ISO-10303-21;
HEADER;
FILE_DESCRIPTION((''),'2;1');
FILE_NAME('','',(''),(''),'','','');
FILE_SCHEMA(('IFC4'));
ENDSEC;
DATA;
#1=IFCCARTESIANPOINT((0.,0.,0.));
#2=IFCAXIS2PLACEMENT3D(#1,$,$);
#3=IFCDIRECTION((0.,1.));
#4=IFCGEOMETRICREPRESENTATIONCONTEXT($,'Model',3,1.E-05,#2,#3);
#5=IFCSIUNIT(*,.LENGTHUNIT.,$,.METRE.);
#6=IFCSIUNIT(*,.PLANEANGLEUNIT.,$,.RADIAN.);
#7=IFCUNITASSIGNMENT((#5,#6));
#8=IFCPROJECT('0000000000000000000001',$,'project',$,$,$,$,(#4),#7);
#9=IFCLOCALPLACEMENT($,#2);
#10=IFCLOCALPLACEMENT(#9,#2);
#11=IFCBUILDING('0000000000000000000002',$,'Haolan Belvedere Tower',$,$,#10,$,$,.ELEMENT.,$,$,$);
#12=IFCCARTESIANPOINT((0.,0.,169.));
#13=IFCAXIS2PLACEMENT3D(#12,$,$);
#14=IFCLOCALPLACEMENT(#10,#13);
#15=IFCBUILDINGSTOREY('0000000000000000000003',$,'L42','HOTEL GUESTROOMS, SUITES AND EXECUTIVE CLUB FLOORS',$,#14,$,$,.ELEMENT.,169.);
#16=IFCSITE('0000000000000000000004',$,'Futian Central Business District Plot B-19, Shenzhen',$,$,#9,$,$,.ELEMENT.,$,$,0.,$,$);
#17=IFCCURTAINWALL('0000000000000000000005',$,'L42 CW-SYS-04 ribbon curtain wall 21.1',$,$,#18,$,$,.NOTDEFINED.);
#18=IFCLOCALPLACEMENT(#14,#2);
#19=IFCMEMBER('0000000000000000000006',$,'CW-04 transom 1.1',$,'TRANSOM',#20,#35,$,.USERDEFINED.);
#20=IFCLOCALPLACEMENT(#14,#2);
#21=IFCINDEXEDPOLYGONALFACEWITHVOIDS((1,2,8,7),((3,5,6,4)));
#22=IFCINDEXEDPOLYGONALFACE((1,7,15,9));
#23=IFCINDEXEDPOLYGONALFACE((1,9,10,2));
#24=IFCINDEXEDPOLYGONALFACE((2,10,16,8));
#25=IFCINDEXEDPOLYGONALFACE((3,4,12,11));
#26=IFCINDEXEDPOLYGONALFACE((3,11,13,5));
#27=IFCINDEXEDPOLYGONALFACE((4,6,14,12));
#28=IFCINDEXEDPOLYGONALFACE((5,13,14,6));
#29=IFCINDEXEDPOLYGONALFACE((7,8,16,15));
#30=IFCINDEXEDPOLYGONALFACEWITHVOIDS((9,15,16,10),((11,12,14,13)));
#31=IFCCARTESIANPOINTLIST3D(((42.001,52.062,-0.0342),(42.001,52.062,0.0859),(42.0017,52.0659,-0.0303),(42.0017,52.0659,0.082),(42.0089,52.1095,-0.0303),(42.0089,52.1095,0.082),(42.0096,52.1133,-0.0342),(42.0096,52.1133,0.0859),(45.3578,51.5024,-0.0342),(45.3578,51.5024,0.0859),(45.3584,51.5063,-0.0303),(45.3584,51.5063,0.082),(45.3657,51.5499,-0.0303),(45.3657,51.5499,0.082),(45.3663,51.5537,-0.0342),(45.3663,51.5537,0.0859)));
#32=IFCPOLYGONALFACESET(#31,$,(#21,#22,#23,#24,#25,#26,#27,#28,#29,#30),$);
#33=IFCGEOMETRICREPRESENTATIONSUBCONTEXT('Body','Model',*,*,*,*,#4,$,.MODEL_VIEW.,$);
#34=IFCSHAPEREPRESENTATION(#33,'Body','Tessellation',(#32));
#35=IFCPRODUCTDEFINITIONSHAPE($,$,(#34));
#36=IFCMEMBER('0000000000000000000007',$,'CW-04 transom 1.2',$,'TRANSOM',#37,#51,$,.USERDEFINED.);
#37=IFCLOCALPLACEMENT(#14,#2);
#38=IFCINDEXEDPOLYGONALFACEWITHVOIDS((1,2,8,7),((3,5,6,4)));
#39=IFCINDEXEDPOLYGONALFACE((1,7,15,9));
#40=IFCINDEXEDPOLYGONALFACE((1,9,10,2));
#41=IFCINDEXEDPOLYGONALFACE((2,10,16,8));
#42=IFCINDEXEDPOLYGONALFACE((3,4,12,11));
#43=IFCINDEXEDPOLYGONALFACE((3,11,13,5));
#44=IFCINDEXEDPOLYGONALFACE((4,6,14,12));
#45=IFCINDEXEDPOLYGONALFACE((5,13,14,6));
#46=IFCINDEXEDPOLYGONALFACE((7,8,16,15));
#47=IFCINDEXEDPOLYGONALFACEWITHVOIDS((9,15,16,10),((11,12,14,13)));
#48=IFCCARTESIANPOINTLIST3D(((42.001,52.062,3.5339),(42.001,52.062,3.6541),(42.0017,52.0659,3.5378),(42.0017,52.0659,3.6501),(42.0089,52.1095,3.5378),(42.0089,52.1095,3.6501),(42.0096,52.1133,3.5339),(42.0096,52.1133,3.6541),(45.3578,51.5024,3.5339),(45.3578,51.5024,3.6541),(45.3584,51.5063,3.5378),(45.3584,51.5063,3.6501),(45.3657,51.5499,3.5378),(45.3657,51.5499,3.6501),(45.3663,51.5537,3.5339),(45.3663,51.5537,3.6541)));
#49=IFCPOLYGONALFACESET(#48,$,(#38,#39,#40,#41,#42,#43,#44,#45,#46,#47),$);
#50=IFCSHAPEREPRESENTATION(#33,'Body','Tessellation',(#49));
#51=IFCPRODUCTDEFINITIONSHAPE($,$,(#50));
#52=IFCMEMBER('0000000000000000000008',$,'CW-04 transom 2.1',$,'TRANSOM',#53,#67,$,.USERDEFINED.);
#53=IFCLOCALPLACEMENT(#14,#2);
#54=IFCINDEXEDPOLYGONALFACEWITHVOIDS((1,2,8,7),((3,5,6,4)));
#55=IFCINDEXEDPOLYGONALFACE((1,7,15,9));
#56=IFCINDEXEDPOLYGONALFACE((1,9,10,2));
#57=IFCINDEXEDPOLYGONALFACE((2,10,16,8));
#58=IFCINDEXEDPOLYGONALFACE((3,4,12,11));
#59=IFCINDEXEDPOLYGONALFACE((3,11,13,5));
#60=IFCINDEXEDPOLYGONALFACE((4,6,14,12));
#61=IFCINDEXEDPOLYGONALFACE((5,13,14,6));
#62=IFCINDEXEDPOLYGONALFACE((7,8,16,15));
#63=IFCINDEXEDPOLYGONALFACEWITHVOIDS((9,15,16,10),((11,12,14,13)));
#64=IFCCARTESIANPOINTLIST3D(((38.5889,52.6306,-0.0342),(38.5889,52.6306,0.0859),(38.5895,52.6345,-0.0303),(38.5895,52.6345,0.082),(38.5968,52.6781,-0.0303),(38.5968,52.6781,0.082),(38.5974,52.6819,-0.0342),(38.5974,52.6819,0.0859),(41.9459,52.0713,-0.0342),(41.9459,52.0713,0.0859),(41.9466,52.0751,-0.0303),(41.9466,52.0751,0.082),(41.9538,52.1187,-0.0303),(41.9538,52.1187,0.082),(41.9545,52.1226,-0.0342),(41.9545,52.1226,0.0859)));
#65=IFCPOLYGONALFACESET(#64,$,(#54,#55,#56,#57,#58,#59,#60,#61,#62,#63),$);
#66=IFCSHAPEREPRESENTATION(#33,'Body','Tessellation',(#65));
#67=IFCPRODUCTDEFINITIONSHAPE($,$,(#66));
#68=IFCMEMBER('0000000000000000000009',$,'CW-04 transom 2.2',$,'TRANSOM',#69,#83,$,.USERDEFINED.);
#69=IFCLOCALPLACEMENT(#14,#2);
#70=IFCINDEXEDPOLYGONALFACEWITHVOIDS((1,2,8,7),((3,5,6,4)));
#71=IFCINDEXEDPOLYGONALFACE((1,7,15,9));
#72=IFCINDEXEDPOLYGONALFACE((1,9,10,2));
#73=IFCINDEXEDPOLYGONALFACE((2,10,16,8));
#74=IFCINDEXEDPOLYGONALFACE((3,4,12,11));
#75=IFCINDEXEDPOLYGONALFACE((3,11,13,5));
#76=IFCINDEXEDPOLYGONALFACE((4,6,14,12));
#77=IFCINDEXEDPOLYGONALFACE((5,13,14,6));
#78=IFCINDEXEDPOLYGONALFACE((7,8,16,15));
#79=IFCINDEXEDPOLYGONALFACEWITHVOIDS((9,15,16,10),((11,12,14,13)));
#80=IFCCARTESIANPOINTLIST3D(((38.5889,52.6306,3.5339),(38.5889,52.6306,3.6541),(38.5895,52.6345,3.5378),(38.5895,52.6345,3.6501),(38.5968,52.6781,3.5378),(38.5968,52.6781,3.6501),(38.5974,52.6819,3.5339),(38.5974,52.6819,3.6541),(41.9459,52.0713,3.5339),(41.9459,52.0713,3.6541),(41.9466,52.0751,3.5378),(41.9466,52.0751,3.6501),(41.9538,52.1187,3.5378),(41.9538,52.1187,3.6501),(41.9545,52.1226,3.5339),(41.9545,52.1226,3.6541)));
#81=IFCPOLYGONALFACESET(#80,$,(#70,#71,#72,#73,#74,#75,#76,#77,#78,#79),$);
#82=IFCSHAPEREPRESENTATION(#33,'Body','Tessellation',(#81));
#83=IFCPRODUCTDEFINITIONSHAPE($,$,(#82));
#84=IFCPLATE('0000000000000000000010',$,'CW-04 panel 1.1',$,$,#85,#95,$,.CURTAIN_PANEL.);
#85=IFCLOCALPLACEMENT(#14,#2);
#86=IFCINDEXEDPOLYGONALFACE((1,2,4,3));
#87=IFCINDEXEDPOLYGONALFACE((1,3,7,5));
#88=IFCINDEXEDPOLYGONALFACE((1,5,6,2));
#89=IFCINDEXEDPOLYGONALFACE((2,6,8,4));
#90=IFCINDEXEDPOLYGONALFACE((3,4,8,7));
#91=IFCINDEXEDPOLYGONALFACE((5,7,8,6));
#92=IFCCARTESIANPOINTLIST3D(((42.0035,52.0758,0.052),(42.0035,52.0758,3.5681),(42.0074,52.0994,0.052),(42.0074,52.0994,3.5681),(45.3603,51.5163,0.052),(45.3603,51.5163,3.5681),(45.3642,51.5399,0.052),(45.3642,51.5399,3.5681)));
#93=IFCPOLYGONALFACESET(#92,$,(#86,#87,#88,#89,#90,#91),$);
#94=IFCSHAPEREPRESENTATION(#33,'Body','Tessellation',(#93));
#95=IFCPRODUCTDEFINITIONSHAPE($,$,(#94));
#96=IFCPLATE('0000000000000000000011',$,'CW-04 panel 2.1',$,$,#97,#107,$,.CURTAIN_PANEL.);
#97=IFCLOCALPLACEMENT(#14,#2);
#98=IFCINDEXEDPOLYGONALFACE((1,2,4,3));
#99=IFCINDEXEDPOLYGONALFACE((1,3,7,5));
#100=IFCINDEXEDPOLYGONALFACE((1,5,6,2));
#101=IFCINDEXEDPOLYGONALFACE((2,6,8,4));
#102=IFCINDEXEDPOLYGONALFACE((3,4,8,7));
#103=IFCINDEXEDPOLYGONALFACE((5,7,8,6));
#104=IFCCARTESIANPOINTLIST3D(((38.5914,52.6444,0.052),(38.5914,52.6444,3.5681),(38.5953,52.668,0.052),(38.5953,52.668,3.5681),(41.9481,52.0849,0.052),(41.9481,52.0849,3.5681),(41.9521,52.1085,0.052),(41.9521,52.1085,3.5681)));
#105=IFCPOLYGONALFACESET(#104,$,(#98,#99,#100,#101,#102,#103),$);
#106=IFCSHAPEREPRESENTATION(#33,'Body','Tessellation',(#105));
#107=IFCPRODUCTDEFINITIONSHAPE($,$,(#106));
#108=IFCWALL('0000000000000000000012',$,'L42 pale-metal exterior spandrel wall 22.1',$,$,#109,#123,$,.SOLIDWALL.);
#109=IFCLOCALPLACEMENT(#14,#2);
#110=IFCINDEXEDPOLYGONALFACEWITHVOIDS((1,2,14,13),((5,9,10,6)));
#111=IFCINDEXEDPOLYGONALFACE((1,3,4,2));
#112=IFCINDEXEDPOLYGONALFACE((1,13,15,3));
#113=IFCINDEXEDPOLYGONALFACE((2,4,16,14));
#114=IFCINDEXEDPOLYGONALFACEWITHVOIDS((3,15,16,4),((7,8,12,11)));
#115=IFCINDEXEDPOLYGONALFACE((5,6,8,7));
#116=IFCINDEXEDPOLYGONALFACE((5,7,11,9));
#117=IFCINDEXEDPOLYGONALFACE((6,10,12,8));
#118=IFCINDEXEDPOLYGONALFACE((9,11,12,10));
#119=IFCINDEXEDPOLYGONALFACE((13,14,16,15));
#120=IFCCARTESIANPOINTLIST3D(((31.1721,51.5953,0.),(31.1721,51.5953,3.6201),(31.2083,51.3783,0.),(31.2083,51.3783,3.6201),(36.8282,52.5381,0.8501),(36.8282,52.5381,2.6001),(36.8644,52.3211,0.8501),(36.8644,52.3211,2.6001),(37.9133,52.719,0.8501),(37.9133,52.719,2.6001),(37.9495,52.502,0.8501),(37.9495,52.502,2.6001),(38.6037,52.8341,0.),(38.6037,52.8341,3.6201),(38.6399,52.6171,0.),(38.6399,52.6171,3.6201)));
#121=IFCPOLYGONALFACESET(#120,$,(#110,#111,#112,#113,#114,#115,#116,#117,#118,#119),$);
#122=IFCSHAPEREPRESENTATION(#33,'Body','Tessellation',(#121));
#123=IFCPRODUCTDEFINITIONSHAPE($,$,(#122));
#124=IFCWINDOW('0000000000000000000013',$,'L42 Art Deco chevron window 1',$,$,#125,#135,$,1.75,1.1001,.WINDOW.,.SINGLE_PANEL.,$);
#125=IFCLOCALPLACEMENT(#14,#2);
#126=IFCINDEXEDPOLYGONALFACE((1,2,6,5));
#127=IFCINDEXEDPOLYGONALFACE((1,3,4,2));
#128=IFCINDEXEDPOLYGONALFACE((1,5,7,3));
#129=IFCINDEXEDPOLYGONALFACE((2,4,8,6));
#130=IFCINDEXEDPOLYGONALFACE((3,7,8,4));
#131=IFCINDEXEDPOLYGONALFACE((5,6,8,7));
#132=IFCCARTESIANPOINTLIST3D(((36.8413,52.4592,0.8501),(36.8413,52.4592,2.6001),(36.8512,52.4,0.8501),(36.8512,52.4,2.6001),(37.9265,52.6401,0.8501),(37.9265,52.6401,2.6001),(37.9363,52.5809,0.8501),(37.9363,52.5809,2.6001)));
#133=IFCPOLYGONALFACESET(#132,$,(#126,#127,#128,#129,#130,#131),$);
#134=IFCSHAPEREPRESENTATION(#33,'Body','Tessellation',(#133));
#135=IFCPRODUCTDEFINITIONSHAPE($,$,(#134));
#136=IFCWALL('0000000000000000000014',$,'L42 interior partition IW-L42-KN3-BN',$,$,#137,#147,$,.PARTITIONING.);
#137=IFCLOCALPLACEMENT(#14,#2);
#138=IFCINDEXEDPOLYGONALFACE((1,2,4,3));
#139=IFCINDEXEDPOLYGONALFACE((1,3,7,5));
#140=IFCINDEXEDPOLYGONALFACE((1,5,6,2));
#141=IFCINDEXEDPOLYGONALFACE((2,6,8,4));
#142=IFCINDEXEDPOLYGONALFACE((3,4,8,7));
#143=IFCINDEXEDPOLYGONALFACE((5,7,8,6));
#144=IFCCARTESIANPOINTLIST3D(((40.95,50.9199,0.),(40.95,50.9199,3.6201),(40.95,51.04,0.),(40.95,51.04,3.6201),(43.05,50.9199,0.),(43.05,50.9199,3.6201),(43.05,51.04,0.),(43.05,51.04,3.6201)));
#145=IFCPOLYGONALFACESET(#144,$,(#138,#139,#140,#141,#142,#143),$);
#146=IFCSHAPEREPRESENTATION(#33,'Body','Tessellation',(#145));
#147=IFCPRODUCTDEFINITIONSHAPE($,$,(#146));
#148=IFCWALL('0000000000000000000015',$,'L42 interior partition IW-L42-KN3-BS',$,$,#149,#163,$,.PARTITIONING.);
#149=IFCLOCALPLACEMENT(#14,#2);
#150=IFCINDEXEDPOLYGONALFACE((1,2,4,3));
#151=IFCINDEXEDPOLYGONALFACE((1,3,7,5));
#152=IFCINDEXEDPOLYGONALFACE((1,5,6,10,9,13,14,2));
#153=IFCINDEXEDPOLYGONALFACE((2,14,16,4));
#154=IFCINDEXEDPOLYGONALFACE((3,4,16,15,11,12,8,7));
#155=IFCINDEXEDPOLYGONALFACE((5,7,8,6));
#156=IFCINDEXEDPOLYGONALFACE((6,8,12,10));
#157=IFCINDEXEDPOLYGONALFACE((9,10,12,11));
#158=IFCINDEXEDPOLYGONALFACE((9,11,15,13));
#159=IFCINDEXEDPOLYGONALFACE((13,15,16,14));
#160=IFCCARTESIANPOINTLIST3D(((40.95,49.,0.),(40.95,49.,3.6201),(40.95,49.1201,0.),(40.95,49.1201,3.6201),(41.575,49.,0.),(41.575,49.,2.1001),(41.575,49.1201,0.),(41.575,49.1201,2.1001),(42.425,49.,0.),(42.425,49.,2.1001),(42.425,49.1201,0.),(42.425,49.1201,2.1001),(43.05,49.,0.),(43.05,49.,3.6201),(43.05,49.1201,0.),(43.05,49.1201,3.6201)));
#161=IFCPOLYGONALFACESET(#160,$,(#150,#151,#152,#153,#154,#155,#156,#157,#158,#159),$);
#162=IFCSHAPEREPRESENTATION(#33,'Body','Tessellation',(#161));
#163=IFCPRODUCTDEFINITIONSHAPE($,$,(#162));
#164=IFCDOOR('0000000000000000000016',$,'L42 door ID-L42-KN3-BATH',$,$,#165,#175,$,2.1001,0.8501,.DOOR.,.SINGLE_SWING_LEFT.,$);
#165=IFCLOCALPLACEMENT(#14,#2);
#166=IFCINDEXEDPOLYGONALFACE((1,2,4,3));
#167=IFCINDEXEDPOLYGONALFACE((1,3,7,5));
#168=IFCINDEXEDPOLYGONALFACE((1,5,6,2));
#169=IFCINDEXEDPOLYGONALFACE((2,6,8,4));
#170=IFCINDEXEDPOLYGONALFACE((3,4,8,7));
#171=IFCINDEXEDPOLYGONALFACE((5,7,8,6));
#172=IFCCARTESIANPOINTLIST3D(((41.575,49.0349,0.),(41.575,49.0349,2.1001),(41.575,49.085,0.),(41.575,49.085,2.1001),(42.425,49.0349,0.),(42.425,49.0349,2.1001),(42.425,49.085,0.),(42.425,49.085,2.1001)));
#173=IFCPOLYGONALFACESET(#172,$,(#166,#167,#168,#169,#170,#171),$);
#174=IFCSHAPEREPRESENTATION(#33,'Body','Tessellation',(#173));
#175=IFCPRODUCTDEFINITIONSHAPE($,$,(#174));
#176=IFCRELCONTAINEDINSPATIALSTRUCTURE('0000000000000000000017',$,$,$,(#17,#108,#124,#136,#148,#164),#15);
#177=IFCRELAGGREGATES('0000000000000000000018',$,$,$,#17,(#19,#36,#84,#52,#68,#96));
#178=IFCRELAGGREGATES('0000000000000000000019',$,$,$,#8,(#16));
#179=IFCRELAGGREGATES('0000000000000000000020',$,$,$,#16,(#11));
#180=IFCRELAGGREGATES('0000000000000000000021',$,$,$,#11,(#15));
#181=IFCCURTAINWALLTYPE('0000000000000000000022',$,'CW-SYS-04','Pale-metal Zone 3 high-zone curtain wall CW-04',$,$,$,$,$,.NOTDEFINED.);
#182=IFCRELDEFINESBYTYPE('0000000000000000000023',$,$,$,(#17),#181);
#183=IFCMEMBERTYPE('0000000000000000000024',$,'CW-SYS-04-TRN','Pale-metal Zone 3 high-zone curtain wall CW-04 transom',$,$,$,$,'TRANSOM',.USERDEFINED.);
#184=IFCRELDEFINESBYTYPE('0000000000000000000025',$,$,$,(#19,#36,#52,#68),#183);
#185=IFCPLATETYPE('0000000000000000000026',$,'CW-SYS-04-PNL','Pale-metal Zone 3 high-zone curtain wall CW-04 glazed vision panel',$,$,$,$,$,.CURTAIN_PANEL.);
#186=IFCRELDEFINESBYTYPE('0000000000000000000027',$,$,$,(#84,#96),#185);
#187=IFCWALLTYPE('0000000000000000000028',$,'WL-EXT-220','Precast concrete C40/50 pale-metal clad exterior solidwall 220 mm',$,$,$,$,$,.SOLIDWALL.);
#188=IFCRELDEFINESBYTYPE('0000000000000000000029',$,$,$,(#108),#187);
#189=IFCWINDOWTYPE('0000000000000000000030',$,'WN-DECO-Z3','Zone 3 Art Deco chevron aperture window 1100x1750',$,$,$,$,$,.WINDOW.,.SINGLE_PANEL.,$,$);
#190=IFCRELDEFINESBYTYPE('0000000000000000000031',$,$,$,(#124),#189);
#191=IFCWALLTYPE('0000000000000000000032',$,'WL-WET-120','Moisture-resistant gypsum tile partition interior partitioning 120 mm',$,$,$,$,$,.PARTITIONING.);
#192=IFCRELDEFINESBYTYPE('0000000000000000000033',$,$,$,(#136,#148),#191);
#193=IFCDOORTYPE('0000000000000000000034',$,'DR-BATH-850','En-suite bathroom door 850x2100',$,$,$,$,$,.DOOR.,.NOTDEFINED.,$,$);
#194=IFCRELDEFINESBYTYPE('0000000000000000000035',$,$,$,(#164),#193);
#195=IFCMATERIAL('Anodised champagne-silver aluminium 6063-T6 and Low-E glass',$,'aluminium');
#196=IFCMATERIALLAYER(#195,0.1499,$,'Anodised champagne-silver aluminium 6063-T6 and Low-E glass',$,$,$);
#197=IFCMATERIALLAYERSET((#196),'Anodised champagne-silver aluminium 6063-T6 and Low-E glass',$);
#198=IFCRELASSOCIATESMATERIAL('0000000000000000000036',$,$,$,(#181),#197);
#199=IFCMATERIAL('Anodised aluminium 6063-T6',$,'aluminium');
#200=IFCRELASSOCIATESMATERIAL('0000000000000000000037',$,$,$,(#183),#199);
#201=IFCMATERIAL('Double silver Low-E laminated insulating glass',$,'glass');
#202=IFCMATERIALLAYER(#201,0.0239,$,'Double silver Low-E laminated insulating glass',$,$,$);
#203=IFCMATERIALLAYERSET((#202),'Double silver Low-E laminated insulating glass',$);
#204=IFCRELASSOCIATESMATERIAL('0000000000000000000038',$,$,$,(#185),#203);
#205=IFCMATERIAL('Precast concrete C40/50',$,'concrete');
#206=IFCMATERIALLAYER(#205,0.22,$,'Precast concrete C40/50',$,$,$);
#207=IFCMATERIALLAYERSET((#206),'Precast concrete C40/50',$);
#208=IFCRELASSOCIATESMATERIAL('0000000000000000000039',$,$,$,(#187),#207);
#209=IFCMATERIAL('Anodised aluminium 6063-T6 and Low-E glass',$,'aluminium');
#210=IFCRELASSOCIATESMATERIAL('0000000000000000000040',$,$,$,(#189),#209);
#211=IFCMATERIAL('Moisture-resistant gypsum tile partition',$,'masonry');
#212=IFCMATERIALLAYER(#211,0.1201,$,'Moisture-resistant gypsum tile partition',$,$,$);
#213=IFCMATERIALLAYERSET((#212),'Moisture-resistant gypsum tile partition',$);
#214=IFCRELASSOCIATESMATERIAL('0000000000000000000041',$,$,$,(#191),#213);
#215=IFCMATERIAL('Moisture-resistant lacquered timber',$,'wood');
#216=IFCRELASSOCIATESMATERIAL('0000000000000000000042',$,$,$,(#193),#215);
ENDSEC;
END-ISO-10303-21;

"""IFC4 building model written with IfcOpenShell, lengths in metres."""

from ifc_helpers import new_model, si_unit, direction, frame, frame_2d, origin, origin_2d, place, context, subcontext, project, spatial, rectangle, hollow_rectangle, extrude, material, layer, layer_set, material_profile, profile_set, type_object, element, fill, aggregate, save


model = new_model("IFC4")

# Units and contexts
model_context = context("Model", 3, precision=1e-05, world=origin(), true_north=direction((0.0, 1.0)))
body_context = subcontext(model_context, "Body", "Model", "MODEL_VIEW")
ifc_project = project(units=[si_unit("LENGTHUNIT", "METRE"), si_unit("PLANEANGLEUNIT", "RADIAN")], contexts=[model_context])

# Site, building, storey
site_placement = place(None, origin())
site = spatial("IfcSite", under=ifc_project, at=site_placement, Name="Futian Central Business District Plot B-19, Shenzhen", CompositionType="ELEMENT", RefElevation=0.0)
building_placement = place(site_placement, origin())
building = spatial("IfcBuilding", under=site, at=building_placement, Name="Haolan Belvedere Tower", CompositionType="ELEMENT")
storey_placement = place(building_placement, frame((0.0, 0.0, 169.0)))
storey = spatial("IfcBuildingStorey", under=building, at=storey_placement, Name="L42", Description="HOTEL GUESTROOMS, SUITES AND EXECUTIVE CLUB FLOORS", CompositionType="ELEMENT", Elevation=169.0)

# Curtain wall, members, plates
ifc_material_1 = material(Name="Anodised champagne-silver aluminium 6063-T6 and Low-E glass", Category="aluminium")
ifc_layer_1 = layer(ifc_material_1, 0.1499, Name="Anodised champagne-silver aluminium 6063-T6 and Low-E glass")
ifc_layer_set_1 = layer_set([ifc_layer_1], Name="Anodised champagne-silver aluminium 6063-T6 and Low-E glass")
curtain_wall_type = type_object("IfcCurtainWallType", Name="CW-SYS-04", Description="Pale-metal Zone 3 high-zone curtain wall CW-04", PredefinedType="NOTDEFINED", material=ifc_layer_set_1)
curtain_wall_placement = place(storey_placement, origin())
curtain_wall = element("IfcCurtainWall", 1, at=curtain_wall_placement, inside=storey, type_object=curtain_wall_type, Name="L42 CW-SYS-04 ribbon curtain wall 21.1", PredefinedType="NOTDEFINED")
ifc_material_2 = material(Name="Anodised aluminium 6063-T6", Category="aluminium")
ifc_material_profile_1 = material_profile(ifc_material_2, hollow_rectangle(XDim=0.052, YDim=0.1201, WallThickness=0.0039, at=origin_2d()), Name="Anodised aluminium 6063-T6")
ifc_profile_set_1 = profile_set([ifc_material_profile_1], Name="Anodised aluminium 6063-T6")
member_type_1 = type_object("IfcMemberType", Name="CW-SYS-04-TRN", Description="Pale-metal Zone 3 high-zone curtain wall CW-04 transom", ElementType="TRANSOM", PredefinedType="USERDEFINED", material=ifc_profile_set_1)
member_1_placement = place(storey_placement, frame((45.3621, 51.5281, 0.0259), z_axis=(-0.986388, 0.164434, 0.0), x_axis=(-0.164434, -0.986388, 0.0)))
member_1 = element("IfcMember", 2, at=member_1_placement, type_object=member_type_1, Name="CW-04 transom 1.1", ObjectType="TRANSOM", PredefinedType="USERDEFINED", context=body_context, shape_type="SweptSolid", body=[
    extrude(hollow_rectangle(XDim=0.052, YDim=0.1201, WallThickness=0.0039, at=origin_2d()), origin(), (0.0, 0.0, 1.0), 3.4031),
])
member_2_placement = place(storey_placement, frame((45.3621, 51.5281, 3.594), z_axis=(-0.986388, 0.164434, 0.0), x_axis=(-0.164434, -0.986388, 0.0)))
member_2 = element("IfcMember", 3, at=member_2_placement, type_object=member_type_1, Name="CW-04 transom 1.2", ObjectType="TRANSOM", PredefinedType="USERDEFINED", context=body_context, shape_type="SweptSolid", body=[
    extrude(hollow_rectangle(XDim=0.052, YDim=0.1201, WallThickness=0.0039, at=origin_2d()), origin(), (0.0, 0.0, 1.0), 3.4031),
])
member_3_placement = place(storey_placement, frame((41.9502, 52.0969, 0.0259), z_axis=(-0.986402, 0.164352, 0.0), x_axis=(-0.164352, -0.986402, 0.0)))
member_3 = element("IfcMember", 4, at=member_3_placement, type_object=member_type_1, Name="CW-04 transom 2.1", ObjectType="TRANSOM", PredefinedType="USERDEFINED", context=body_context, shape_type="SweptSolid", body=[
    extrude(hollow_rectangle(XDim=0.052, YDim=0.1201, WallThickness=0.0039, at=origin_2d()), origin(), (0.0, 0.0, 1.0), 3.4033),
])
member_4_placement = place(storey_placement, frame((41.9502, 52.0969, 3.594), z_axis=(-0.986402, 0.164352, 0.0), x_axis=(-0.164352, -0.986402, 0.0)))
member_4 = element("IfcMember", 5, at=member_4_placement, type_object=member_type_1, Name="CW-04 transom 2.2", ObjectType="TRANSOM", PredefinedType="USERDEFINED", context=body_context, shape_type="SweptSolid", body=[
    extrude(hollow_rectangle(XDim=0.052, YDim=0.1201, WallThickness=0.0039, at=origin_2d()), origin(), (0.0, 0.0, 1.0), 3.4033),
])
ifc_material_3 = material(Name="Double silver Low-E laminated insulating glass", Category="glass")
ifc_layer_2 = layer(ifc_material_3, 0.0239, Name="Double silver Low-E laminated insulating glass")
ifc_layer_set_2 = layer_set([ifc_layer_2], Name="Double silver Low-E laminated insulating glass")
plate_type = type_object("IfcPlateType", Name="CW-SYS-04-PNL", Description="Pale-metal Zone 3 high-zone curtain wall CW-04 glazed vision panel", PredefinedType="CURTAIN_PANEL", material=ifc_layer_set_2)
plate_1_placement = place(storey_placement, frame((43.6838, 51.8079, 0.052), z_axis=(0.0, 0.0, 1.0), x_axis=(-0.986393, 0.164406, 0.0)))
plate_1 = element("IfcPlate", 6, at=plate_1_placement, type_object=plate_type, Name="CW-04 panel 1.1", PredefinedType="CURTAIN_PANEL", context=body_context, shape_type="SweptSolid", body=[
    extrude(rectangle(XDim=3.4031, YDim=0.0239, at=origin_2d()), origin(), (0.0, 0.0, 1.0), 3.5161),
])
plate_2_placement = place(storey_placement, frame((40.2717, 52.3765, 0.052), z_axis=(0.0, 0.0, 1.0), x_axis=(-0.986393, 0.164406, 0.0)))
plate_2 = element("IfcPlate", 7, at=plate_2_placement, type_object=plate_type, Name="CW-04 panel 2.1", PredefinedType="CURTAIN_PANEL", context=body_context, shape_type="SweptSolid", body=[
    extrude(rectangle(XDim=3.4031, YDim=0.0239, at=origin_2d()), origin(), (0.0, 0.0, 1.0), 3.5161),
])
aggregate(curtain_wall, [member_1, member_2, plate_1, member_3, member_4, plate_2])

# Wall, opening, window
ifc_material_4 = material(Name="Precast concrete C40/50", Category="concrete")
ifc_layer_3 = layer(ifc_material_4, 0.22, Name="Precast concrete C40/50")
ifc_layer_set_3 = layer_set([ifc_layer_3], Name="Precast concrete C40/50")
wall_type_1 = type_object("IfcWallType", Name="WL-EXT-220", Description="Precast concrete C40/50 pale-metal clad exterior solidwall 220 mm", PredefinedType="SOLIDWALL", material=ifc_layer_set_3)
wall_1_placement = place(storey_placement, frame((38.6218, 52.7256, 0.0), z_axis=(0.0, 0.0, 1.0), x_axis=(-0.98639, -0.16442, 0.0)))
wall_1 = element("IfcWall", 8, at=wall_1_placement, inside=storey, type_object=wall_type_1, Name="L42 pale-metal exterior spandrel wall 22.1", PredefinedType="SOLIDWALL", context=body_context, shape_type="SweptSolid", body=[
    extrude(rectangle(XDim=7.5342, YDim=0.22, at=frame_2d((3.7671, 0.0))), origin(), (0.0, 0.0, 1.0), 3.6201),
])
opening_1_placement = place(wall_1_placement, frame((0.7, 0.0, 0.8501)))
opening_1 = element("IfcOpeningElement", 9, at=opening_1_placement, cuts=wall_1, PredefinedType="OPENING", context=body_context, shape_type="SweptSolid", body=[
    extrude(rectangle(XDim=1.1001, YDim=1.75, at=frame_2d((0.55, 0.875))), frame((0.0, 0.1199, 0.0), z_axis=(0.0, -1.0, 0.0), x_axis=(1.0, 0.0, 0.0)), (0.0, 0.0, 1.0), 0.24),
])
ifc_material_5 = material(Name="Anodised aluminium 6063-T6 and Low-E glass", Category="aluminium")
window_type = type_object("IfcWindowType", Name="WN-DECO-Z3", Description="Zone 3 Art Deco chevron aperture window 1100x1750", PartitioningType="SINGLE_PANEL", PredefinedType="WINDOW", material=ifc_material_5)
window_placement = place(opening_1_placement, origin())
window = element("IfcWindow", 10, at=window_placement, inside=storey, type_object=window_type, Name="L42 Art Deco chevron window 1", OverallHeight=1.75, OverallWidth=1.1001, PartitioningType="SINGLE_PANEL", PredefinedType="WINDOW", context=body_context, shape_type="SweptSolid", body=[
    extrude(rectangle(XDim=1.1001, YDim=1.75, at=frame_2d((0.55, 0.875))), frame((0.0, 0.03, 0.0), z_axis=(0.0, -1.0, 0.0), x_axis=(1.0, 0.0, 0.0)), (0.0, 0.0, 1.0), 0.0601),
])
fill(opening_1, window)

# Wall
ifc_material_6 = material(Name="Moisture-resistant gypsum tile partition", Category="masonry")
ifc_layer_4 = layer(ifc_material_6, 0.1201, Name="Moisture-resistant gypsum tile partition")
ifc_layer_set_4 = layer_set([ifc_layer_4], Name="Moisture-resistant gypsum tile partition")
wall_type_2 = type_object("IfcWallType", Name="WL-WET-120", Description="Moisture-resistant gypsum tile partition interior partitioning 120 mm", PredefinedType="PARTITIONING", material=ifc_layer_set_4)
wall_2_placement = place(storey_placement, frame((40.95, 50.98, 0.0), z_axis=(0.0, 0.0, 1.0), x_axis=(1.0, 0.0, 0.0)))
element("IfcWall", 11, at=wall_2_placement, inside=storey, type_object=wall_type_2, Name="L42 interior partition IW-L42-KN3-BN", PredefinedType="PARTITIONING", context=body_context, shape_type="SweptSolid", body=[
    extrude(rectangle(XDim=2.1001, YDim=0.1201, at=frame_2d((1.05, 0.0))), origin(), (0.0, 0.0, 1.0), 3.6201),
])

# Wall, opening, door
wall_3_placement = place(storey_placement, frame((40.95, 49.0601, 0.0), z_axis=(0.0, 0.0, 1.0), x_axis=(1.0, 0.0, 0.0)))
wall_3 = element("IfcWall", 12, at=wall_3_placement, inside=storey, type_object=wall_type_2, Name="L42 interior partition IW-L42-KN3-BS", PredefinedType="PARTITIONING", context=body_context, shape_type="SweptSolid", body=[
    extrude(rectangle(XDim=2.1001, YDim=0.1201, at=frame_2d((1.05, 0.0))), origin(), (0.0, 0.0, 1.0), 3.6201),
])
opening_2_placement = place(wall_3_placement, frame((0.625, 0.0, 0.0)))
opening_2 = element("IfcOpeningElement", 13, at=opening_2_placement, cuts=wall_3, PredefinedType="OPENING", context=body_context, shape_type="SweptSolid", body=[
    extrude(rectangle(XDim=0.8501, YDim=2.1001, at=frame_2d((0.425, 1.05))), frame((0.0, 0.0701, 0.0), z_axis=(0.0, -1.0, 0.0), x_axis=(1.0, 0.0, 0.0)), (0.0, 0.0, 1.0), 0.1401),
])
ifc_material_7 = material(Name="Moisture-resistant lacquered timber", Category="wood")
door_type = type_object("IfcDoorType", Name="DR-BATH-850", Description="En-suite bathroom door 850x2100", OperationType="NOTDEFINED", PredefinedType="DOOR", material=ifc_material_7)
door_placement = place(opening_2_placement, origin())
door = element("IfcDoor", 14, at=door_placement, inside=storey, type_object=door_type, Name="L42 door ID-L42-KN3-BATH", OperationType="SINGLE_SWING_LEFT", OverallHeight=2.1001, OverallWidth=0.8501, PredefinedType="DOOR", context=body_context, shape_type="SweptSolid", body=[
    extrude(rectangle(XDim=0.8501, YDim=2.1001, at=frame_2d((0.425, 1.05))), frame((0.0, 0.0249, 0.0), z_axis=(0.0, -1.0, 0.0), x_axis=(1.0, 0.0, 0.0)), (0.0, 0.0, 1.0), 0.05),
])
fill(opening_2, door)

save(model, "model.ifc")
